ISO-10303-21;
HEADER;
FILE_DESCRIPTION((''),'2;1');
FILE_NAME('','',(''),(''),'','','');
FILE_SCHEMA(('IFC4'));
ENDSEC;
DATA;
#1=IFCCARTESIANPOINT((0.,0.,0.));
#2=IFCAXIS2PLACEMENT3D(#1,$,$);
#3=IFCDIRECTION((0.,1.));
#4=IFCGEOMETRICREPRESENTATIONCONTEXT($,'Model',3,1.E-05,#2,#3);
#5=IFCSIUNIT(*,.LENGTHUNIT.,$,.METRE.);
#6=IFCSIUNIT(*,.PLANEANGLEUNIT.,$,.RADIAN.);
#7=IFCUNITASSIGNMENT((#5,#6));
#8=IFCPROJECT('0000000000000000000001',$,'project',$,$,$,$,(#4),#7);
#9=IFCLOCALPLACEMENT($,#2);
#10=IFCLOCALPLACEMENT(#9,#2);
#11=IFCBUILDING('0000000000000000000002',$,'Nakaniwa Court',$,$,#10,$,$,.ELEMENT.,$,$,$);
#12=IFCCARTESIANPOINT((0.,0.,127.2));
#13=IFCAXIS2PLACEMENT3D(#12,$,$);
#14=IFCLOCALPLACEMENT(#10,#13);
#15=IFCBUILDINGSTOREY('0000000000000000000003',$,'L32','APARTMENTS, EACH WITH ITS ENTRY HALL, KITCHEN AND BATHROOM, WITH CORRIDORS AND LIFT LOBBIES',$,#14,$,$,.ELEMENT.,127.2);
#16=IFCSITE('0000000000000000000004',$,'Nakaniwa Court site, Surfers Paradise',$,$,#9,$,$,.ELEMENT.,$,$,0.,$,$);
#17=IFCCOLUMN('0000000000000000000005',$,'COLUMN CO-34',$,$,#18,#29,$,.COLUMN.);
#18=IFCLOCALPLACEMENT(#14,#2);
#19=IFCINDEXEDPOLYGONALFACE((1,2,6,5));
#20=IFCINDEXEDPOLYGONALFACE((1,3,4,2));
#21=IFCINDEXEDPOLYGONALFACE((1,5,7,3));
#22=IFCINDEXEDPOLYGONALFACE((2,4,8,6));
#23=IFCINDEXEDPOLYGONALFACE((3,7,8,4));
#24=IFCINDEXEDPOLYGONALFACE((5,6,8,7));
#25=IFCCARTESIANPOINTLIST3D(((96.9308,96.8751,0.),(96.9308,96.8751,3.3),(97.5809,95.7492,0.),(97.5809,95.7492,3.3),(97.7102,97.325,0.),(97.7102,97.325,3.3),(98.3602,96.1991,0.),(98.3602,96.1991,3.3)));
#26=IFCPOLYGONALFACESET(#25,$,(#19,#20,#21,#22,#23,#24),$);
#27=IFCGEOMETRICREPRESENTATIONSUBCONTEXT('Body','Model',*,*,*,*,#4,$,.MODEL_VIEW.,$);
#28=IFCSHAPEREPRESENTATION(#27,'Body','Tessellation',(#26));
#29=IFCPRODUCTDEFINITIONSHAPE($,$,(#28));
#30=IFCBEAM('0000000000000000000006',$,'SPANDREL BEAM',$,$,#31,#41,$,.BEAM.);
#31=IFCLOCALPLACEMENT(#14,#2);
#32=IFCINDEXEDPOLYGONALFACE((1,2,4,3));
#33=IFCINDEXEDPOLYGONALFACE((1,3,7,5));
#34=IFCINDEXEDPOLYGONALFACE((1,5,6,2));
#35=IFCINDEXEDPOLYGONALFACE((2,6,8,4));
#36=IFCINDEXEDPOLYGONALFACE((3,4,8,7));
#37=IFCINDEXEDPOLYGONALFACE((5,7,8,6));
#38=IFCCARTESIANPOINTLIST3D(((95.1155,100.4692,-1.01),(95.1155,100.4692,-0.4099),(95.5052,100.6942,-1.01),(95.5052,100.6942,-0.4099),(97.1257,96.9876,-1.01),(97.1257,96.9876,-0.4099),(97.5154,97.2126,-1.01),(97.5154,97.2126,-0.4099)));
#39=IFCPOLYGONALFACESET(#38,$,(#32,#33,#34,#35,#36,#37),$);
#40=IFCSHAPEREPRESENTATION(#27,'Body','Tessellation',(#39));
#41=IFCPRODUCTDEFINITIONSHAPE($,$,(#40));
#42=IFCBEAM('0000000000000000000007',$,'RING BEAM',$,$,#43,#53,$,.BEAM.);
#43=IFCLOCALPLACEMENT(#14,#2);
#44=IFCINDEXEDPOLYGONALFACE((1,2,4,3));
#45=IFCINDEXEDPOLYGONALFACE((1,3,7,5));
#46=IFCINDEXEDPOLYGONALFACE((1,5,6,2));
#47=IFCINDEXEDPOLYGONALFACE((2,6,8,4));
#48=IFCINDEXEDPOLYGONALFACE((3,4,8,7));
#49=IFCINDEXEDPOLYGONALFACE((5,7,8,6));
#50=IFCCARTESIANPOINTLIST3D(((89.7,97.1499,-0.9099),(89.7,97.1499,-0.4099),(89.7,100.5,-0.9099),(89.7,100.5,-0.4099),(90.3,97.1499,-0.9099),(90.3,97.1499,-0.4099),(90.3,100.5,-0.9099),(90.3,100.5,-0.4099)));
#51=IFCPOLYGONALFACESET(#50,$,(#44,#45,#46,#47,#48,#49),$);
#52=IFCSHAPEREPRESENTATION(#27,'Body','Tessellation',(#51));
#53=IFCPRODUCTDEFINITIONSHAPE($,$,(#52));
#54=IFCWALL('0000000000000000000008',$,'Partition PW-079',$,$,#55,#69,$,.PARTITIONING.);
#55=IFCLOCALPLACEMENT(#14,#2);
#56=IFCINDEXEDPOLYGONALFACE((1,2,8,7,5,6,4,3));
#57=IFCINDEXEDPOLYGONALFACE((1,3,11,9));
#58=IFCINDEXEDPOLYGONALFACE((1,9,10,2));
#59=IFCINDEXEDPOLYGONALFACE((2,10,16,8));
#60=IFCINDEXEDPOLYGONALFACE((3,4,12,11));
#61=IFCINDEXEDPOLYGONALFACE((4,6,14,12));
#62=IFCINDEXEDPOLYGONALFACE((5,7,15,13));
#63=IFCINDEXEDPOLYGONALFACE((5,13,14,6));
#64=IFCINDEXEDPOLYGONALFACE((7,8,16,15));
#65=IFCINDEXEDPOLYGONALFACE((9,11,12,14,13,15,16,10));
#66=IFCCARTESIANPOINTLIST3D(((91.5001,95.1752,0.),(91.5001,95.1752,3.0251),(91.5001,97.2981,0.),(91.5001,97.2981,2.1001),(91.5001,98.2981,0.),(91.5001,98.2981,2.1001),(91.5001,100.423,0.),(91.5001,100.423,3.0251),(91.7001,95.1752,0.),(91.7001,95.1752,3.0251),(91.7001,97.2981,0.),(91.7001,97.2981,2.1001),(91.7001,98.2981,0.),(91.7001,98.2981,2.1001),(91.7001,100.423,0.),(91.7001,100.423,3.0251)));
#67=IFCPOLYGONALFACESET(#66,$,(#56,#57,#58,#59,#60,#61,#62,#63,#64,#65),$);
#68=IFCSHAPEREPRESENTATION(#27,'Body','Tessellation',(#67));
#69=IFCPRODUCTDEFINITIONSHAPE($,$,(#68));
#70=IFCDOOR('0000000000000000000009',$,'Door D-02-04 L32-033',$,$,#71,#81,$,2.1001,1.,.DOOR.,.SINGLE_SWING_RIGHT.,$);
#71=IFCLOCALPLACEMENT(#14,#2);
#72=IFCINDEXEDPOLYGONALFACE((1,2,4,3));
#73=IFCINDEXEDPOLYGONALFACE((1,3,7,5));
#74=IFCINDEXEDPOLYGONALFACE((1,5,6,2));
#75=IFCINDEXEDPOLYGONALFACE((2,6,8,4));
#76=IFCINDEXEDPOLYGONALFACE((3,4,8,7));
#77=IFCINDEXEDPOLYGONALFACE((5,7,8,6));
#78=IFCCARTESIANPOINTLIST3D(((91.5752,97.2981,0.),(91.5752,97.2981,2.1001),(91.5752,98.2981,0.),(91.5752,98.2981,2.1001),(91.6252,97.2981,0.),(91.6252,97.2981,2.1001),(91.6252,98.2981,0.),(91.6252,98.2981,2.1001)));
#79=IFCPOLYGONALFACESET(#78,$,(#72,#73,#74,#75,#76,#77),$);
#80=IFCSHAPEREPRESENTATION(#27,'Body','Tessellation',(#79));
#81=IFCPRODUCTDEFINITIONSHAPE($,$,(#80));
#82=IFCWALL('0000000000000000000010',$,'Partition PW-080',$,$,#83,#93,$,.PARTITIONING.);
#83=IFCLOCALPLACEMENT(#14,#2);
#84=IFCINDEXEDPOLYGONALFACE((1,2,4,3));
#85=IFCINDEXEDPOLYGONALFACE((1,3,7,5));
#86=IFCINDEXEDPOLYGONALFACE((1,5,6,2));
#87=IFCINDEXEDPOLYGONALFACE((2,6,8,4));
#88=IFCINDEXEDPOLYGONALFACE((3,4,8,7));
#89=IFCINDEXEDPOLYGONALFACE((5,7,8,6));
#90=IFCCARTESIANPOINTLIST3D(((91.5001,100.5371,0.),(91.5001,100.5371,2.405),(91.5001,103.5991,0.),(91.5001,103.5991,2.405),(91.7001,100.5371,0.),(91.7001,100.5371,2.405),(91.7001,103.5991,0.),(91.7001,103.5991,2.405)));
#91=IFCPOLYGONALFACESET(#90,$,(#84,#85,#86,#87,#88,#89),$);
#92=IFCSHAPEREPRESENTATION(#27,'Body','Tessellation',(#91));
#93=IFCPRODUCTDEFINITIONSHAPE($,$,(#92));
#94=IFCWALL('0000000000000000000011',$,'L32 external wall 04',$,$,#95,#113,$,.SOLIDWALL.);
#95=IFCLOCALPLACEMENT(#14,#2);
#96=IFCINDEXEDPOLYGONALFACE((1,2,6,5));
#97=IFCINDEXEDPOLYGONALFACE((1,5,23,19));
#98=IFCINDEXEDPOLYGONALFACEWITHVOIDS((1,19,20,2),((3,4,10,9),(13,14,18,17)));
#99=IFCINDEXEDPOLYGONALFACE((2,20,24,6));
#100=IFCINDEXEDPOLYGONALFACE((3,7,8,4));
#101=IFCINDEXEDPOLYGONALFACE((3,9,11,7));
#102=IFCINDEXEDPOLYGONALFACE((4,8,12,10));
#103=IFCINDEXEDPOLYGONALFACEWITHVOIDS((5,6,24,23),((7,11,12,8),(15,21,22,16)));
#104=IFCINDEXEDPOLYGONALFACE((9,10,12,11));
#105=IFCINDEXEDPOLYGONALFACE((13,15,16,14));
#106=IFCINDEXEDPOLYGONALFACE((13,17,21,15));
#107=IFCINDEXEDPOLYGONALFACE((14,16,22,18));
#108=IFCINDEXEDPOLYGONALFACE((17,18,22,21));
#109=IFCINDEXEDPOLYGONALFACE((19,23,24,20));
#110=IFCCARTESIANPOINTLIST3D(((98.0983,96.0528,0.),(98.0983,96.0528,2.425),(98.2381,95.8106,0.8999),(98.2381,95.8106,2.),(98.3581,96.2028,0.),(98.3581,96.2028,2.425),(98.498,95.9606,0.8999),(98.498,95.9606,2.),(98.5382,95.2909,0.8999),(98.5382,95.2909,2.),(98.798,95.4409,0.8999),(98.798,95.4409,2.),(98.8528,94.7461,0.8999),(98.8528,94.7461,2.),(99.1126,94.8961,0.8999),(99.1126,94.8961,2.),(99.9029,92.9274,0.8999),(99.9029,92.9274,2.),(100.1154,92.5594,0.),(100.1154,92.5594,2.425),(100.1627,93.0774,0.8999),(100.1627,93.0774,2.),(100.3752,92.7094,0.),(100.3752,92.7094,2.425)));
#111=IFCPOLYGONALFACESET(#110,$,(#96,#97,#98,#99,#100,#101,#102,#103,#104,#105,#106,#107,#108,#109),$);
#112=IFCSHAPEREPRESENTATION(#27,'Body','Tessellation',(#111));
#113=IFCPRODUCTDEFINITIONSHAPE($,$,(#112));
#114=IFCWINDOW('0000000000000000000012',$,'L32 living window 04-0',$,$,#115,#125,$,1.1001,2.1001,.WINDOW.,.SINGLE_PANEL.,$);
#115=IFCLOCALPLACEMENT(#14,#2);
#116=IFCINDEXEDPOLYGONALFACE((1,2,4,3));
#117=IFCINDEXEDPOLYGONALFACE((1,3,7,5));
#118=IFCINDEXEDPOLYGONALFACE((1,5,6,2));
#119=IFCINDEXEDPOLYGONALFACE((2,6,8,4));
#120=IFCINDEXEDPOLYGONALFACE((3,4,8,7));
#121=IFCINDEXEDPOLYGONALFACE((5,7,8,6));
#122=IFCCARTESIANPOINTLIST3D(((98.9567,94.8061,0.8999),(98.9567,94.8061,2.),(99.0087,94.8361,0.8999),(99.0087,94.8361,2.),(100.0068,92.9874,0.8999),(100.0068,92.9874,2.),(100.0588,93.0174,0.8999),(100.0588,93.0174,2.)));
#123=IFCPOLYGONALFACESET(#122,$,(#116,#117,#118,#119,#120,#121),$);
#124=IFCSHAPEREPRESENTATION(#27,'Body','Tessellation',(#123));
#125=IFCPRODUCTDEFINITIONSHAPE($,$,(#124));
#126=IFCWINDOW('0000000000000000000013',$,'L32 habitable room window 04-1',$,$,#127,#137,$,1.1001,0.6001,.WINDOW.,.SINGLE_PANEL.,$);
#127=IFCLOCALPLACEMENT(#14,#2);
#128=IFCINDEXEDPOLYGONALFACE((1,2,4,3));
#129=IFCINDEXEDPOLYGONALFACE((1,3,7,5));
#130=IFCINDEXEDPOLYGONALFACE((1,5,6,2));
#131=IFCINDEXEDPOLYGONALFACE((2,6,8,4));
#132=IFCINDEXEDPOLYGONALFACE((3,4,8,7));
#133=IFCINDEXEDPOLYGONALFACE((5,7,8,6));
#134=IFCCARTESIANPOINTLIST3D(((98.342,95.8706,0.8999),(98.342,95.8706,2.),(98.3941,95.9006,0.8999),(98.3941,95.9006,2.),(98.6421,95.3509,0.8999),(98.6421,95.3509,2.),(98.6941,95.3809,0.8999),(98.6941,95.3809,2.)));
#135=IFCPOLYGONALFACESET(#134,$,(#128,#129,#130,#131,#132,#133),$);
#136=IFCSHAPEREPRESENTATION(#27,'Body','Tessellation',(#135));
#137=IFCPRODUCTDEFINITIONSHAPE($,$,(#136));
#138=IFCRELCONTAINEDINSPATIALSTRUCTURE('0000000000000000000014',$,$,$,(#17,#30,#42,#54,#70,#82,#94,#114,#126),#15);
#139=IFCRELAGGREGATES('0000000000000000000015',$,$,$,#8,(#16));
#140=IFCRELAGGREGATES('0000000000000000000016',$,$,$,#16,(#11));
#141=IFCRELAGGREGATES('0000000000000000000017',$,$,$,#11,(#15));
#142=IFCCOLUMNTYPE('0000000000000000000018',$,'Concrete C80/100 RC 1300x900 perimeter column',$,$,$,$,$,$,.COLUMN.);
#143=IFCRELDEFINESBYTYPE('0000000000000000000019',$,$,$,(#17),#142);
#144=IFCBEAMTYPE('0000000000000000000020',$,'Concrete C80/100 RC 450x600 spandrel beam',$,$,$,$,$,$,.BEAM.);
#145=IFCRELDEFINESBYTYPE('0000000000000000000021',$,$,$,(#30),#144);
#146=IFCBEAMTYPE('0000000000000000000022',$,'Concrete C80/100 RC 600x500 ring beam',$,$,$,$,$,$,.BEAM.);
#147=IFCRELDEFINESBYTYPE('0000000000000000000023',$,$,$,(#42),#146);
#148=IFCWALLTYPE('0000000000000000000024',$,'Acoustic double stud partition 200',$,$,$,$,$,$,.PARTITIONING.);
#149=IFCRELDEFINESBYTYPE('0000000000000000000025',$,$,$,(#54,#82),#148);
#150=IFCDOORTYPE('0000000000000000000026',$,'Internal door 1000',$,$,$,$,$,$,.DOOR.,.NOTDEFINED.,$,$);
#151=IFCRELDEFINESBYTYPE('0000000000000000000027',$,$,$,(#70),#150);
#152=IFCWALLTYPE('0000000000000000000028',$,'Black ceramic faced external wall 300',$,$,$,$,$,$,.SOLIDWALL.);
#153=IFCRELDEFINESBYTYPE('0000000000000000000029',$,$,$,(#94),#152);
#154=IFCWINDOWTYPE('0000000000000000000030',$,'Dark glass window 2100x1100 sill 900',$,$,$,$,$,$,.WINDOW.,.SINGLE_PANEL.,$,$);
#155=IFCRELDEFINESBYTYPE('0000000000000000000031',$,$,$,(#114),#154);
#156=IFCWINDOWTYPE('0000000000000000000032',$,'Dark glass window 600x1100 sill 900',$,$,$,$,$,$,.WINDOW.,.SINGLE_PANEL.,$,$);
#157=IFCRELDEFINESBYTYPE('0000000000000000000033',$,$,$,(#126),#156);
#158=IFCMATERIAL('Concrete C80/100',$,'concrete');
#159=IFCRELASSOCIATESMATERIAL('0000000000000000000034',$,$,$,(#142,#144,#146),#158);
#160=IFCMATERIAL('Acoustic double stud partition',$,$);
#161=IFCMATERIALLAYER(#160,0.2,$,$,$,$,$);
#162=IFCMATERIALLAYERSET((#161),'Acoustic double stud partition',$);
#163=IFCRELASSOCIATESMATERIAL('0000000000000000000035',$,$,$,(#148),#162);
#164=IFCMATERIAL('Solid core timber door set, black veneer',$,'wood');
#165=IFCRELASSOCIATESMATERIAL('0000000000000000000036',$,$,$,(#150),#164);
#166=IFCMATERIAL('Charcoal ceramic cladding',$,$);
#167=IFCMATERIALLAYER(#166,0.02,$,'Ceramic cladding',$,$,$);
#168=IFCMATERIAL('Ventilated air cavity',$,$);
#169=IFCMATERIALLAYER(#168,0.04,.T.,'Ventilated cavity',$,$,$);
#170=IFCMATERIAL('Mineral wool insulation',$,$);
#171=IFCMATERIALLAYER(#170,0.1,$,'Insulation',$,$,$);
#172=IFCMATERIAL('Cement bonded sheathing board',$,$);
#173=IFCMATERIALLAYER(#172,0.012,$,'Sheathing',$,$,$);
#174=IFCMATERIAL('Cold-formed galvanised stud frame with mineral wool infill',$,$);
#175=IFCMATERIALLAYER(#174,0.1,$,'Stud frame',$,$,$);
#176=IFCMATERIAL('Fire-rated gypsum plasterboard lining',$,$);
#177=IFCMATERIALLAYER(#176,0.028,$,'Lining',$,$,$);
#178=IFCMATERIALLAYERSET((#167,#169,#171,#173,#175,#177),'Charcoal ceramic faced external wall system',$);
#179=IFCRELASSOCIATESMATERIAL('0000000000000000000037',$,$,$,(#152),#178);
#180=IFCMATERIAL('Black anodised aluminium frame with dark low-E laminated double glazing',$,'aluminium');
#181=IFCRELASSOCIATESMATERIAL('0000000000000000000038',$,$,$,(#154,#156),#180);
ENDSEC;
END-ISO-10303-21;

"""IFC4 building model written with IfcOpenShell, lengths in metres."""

from ifc_helpers import new_model, si_unit, direction, frame, frame_2d, origin, origin_2d, place, context, subcontext, project, spatial, rectangle, extrude, material, layer, layer_set, material_profile, profile_set, type_object, element, fill, save


model = new_model("IFC4")

# Units and contexts
model_context = context("Model", 3, precision=1e-05, world=origin(), true_north=direction((0.0, 1.0)))
body_context = subcontext(model_context, "Body", "Model", "MODEL_VIEW")
ifc_project = project(units=[si_unit("LENGTHUNIT", "METRE"), si_unit("PLANEANGLEUNIT", "RADIAN")], contexts=[model_context])

# Site, building, storey
site_placement = place(None, origin())
site = spatial("IfcSite", under=ifc_project, at=site_placement, Name="Nakaniwa Court site, Surfers Paradise", CompositionType="ELEMENT", RefElevation=0.0)
building_placement = place(site_placement, origin())
building = spatial("IfcBuilding", under=site, at=building_placement, Name="Nakaniwa Court", CompositionType="ELEMENT")
storey_placement = place(building_placement, frame((0.0, 0.0, 127.2)))
storey = spatial("IfcBuildingStorey", under=building, at=storey_placement, Name="L32", Description="APARTMENTS, EACH WITH ITS ENTRY HALL, KITCHEN AND BATHROOM, WITH CORRIDORS AND LIFT LOBBIES", CompositionType="ELEMENT", Elevation=127.2)

# Column
ifc_material_1 = material(Name="Concrete C80/100", Category="concrete")
ifc_material_profile_1 = material_profile(ifc_material_1, rectangle(XDim=1.3, YDim=0.8999, at=origin_2d()), Name="Concrete C80/100 RC 1300x900 perimeter column")
ifc_profile_set_1 = profile_set([ifc_material_profile_1], Name="Concrete C80/100")
column_type = type_object("IfcColumnType", Name="Concrete C80/100 RC 1300x900 perimeter column", PredefinedType="COLUMN", material=ifc_profile_set_1)
column_placement = place(storey_placement, frame((97.6455, 96.5371, 0.0), z_axis=(0.0, 0.0, 1.0), x_axis=(-0.5, 0.866025, 0.0)))
element("IfcColumn", 1, at=column_placement, inside=storey, type_object=column_type, Name="COLUMN CO-34", PredefinedType="COLUMN", context=body_context, shape_type="SweptSolid", body=[
    extrude(rectangle(XDim=1.3, YDim=0.8999, at=origin_2d()), origin(), (0.0, 0.0, 1.0), 3.3),
])

# Beams
ifc_material_profile_2 = material_profile(ifc_material_1, rectangle(XDim=0.45, YDim=0.6001, at=origin_2d()), Name="Concrete C80/100 RC 450x600 spandrel beam")
ifc_profile_set_2 = profile_set([ifc_material_profile_2], Name="Concrete C80/100")
beam_type_1 = type_object("IfcBeamType", Name="Concrete C80/100 RC 450x600 spandrel beam", PredefinedType="BEAM", material=ifc_profile_set_2)
beam_1_placement = place(storey_placement, frame((97.3206, 97.1001, -0.71), z_axis=(-0.500019, 0.866015, 0.0), x_axis=(-0.866015, -0.500019, 0.0)))
element("IfcBeam", 2, at=beam_1_placement, inside=storey, type_object=beam_type_1, Name="SPANDREL BEAM", PredefinedType="BEAM", context=body_context, shape_type="SweptSolid", body=[
    extrude(rectangle(XDim=0.45, YDim=0.6001, at=origin_2d()), origin(), (0.0, 0.0, 1.0), 4.0203),
])
ifc_material_profile_3 = material_profile(ifc_material_1, rectangle(XDim=0.6001, YDim=0.5, at=origin_2d()), Name="Concrete C80/100 RC 600x500 ring beam")
ifc_profile_set_3 = profile_set([ifc_material_profile_3], Name="Concrete C80/100")
beam_type_2 = type_object("IfcBeamType", Name="Concrete C80/100 RC 600x500 ring beam", PredefinedType="BEAM", material=ifc_profile_set_3)
beam_2_placement = place(storey_placement, frame((90.0, 97.1499, -0.6599), z_axis=(0.0, 1.0, 0.0), x_axis=(-1.0, 0.0, 0.0)))
element("IfcBeam", 3, at=beam_2_placement, inside=storey, type_object=beam_type_2, Name="RING BEAM", PredefinedType="BEAM", context=body_context, shape_type="SweptSolid", body=[
    extrude(rectangle(XDim=0.6001, YDim=0.5, at=origin_2d()), origin(), (0.0, 0.0, 1.0), 3.3501),
])

# Wall, opening, door
ifc_material_2 = material(Name="Acoustic double stud partition")
ifc_layer_1 = layer(ifc_material_2, 0.2)
ifc_layer_set_1 = layer_set([ifc_layer_1], Name="Acoustic double stud partition")
wall_type_1 = type_object("IfcWallType", Name="Acoustic double stud partition 200", PredefinedType="PARTITIONING", material=ifc_layer_set_1)
wall_1_placement = place(storey_placement, frame((91.6001, 95.175, 0.0), z_axis=(0.0, 0.0, 1.0), x_axis=(0.0, 1.0, 0.0)))
wall_1 = element("IfcWall", 4, at=wall_1_placement, inside=storey, type_object=wall_type_1, Name="Partition PW-079", PredefinedType="PARTITIONING", context=body_context, shape_type="SweptSolid", body=[
    extrude(rectangle(XDim=5.2478, YDim=0.2, at=frame_2d((2.624, 0.0))), origin(), (0.0, 0.0, 1.0), 3.0251),
])
opening_1_placement = place(wall_1_placement, frame((2.123, 0.0, 0.0)))
opening_1 = element("IfcOpeningElement", 5, at=opening_1_placement, cuts=wall_1, PredefinedType="OPENING", context=body_context, shape_type="SweptSolid", body=[
    extrude(rectangle(XDim=1.0, YDim=2.1001, at=frame_2d((0.5, 1.05))), frame((0.0, 0.1099, 0.0), z_axis=(0.0, -1.0, 0.0), x_axis=(1.0, 0.0, 0.0)), (0.0, 0.0, 1.0), 0.22),
])
ifc_material_3 = material(Name="Solid core timber door set, black veneer", Category="wood")
door_type_1 = type_object("IfcDoorType", Name="Internal door 1000", OperationType="NOTDEFINED", PredefinedType="DOOR", material=ifc_material_3)
door_1_placement = place(opening_1_placement, origin())
door_1 = element("IfcDoor", 6, at=door_1_placement, inside=storey, type_object=door_type_1, Name="Door D-02-04 L32-033", OperationType="SINGLE_SWING_RIGHT", OverallHeight=2.1001, OverallWidth=1.0, PredefinedType="DOOR", context=body_context, shape_type="SweptSolid", body=[
    extrude(rectangle(XDim=1.0, YDim=2.1001, at=frame_2d((0.5, 1.05))), frame((0.0, 0.0249, 0.0), z_axis=(0.0, -1.0, 0.0), x_axis=(1.0, 0.0, 0.0)), (0.0, 0.0, 1.0), 0.05),
])
fill(opening_1, door_1)

# Wall
wall_2_placement = place(storey_placement, frame((91.6001, 100.5371, 0.0), z_axis=(0.0, 0.0, 1.0), x_axis=(0.0, 1.0, 0.0)))
element("IfcWall", 7, at=wall_2_placement, inside=storey, type_object=wall_type_1, Name="Partition PW-080", PredefinedType="PARTITIONING", context=body_context, shape_type="SweptSolid", body=[
    extrude(rectangle(XDim=3.062, YDim=0.2, at=frame_2d((1.531, 0.0))), origin(), (0.0, 0.0, 1.0), 2.405),
])

# Wall, openings, windows
ifc_material_4 = material(Name="Charcoal ceramic cladding")
ifc_layer_2 = layer(ifc_material_4, 0.02, Name="Ceramic cladding")
ifc_material_5 = material(Name="Ventilated air cavity")
ifc_layer_3 = layer(ifc_material_5, 0.04, ventilated=True, Name="Ventilated cavity")
ifc_material_6 = material(Name="Mineral wool insulation")
ifc_layer_4 = layer(ifc_material_6, 0.1, Name="Insulation")
ifc_material_7 = material(Name="Cement bonded sheathing board")
ifc_layer_5 = layer(ifc_material_7, 0.012, Name="Sheathing")
ifc_material_8 = material(Name="Cold-formed galvanised stud frame with mineral wool infill")
ifc_layer_6 = layer(ifc_material_8, 0.1, Name="Stud frame")
ifc_material_9 = material(Name="Fire-rated gypsum plasterboard lining")
ifc_layer_7 = layer(ifc_material_9, 0.028, Name="Lining")
ifc_layer_set_2 = layer_set([ifc_layer_2, ifc_layer_3, ifc_layer_4, ifc_layer_5, ifc_layer_6, ifc_layer_7], Name="Charcoal ceramic faced external wall system")
wall_type_2 = type_object("IfcWallType", Name="Black ceramic faced external wall 300", PredefinedType="SOLIDWALL", material=ifc_layer_set_2)
wall_3_placement = place(storey_placement, frame((100.2454, 92.6343, 0.0), z_axis=(0.0, 0.0, 1.0), x_axis=(-0.500032, 0.866007, 0.0)))
wall_3 = element("IfcWall", 8, at=wall_3_placement, inside=storey, type_object=wall_type_2, Name="L32 external wall 04", PredefinedType="SOLIDWALL", context=body_context, shape_type="SweptSolid", body=[
    extrude(rectangle(XDim=4.0339, YDim=0.3, at=frame_2d((2.0171, 0.0))), origin(), (0.0, 0.0, 1.0), 2.425),
])
opening_2_placement = place(wall_3_placement, frame((0.425, 0.0, 0.8999)))
opening_2 = element("IfcOpeningElement", 9, at=opening_2_placement, cuts=wall_3, PredefinedType="OPENING", context=body_context, shape_type="SweptSolid", body=[
    extrude(rectangle(XDim=2.1001, YDim=1.1001, at=frame_2d((1.05, 0.55))), frame((0.0, 0.1599, 0.0), z_axis=(0.0, -1.0, 0.0), x_axis=(1.0, 0.0, 0.0)), (0.0, 0.0, 1.0), 0.3201),
])
opening_3_placement = place(wall_3_placement, frame((3.1543, 0.0, 0.8999)))
opening_3 = element("IfcOpeningElement", 10, at=opening_3_placement, cuts=wall_3, PredefinedType="OPENING", context=body_context, shape_type="SweptSolid", body=[
    extrude(rectangle(XDim=0.6001, YDim=1.1001, at=frame_2d((0.3, 0.55))), frame((0.0, 0.1599, 0.0), z_axis=(0.0, -1.0, 0.0), x_axis=(1.0, 0.0, 0.0)), (0.0, 0.0, 1.0), 0.3201),
])
ifc_material_10 = material(Name="Black anodised aluminium frame with dark low-E laminated double glazing", Category="aluminium")
window_type_1 = type_object("IfcWindowType", Name="Dark glass window 2100x1100 sill 900", PartitioningType="SINGLE_PANEL", PredefinedType="WINDOW", material=ifc_material_10)
window_1_placement = place(opening_2_placement, origin())
window_1 = element("IfcWindow", 11, at=window_1_placement, inside=storey, type_object=window_type_1, Name="L32 living window 04-0", OverallHeight=1.1001, OverallWidth=2.1001, PartitioningType="SINGLE_PANEL", PredefinedType="WINDOW", context=body_context, shape_type="SweptSolid", body=[
    extrude(rectangle(XDim=2.1001, YDim=1.1001, at=frame_2d((1.05, 0.55))), frame((0.0, 0.03, 0.0), z_axis=(0.0, -1.0, 0.0), x_axis=(1.0, 0.0, 0.0)), (0.0, 0.0, 1.0), 0.0601),
])
fill(opening_2, window_1)
window_type_2 = type_object("IfcWindowType", Name="Dark glass window 600x1100 sill 900", PartitioningType="SINGLE_PANEL", PredefinedType="WINDOW", material=ifc_material_10)
window_2_placement = place(opening_3_placement, origin())
window_2 = element("IfcWindow", 12, at=window_2_placement, inside=storey, type_object=window_type_2, Name="L32 habitable room window 04-1", OverallHeight=1.1001, OverallWidth=0.6001, PartitioningType="SINGLE_PANEL", PredefinedType="WINDOW", context=body_context, shape_type="SweptSolid", body=[
    extrude(rectangle(XDim=0.6001, YDim=1.1001, at=frame_2d((0.3, 0.55))), frame((0.0, 0.03, 0.0), z_axis=(0.0, -1.0, 0.0), x_axis=(1.0, 0.0, 0.0)), (0.0, 0.0, 1.0), 0.0601),
])
fill(opening_3, window_2)

save(model, "model.ifc")
